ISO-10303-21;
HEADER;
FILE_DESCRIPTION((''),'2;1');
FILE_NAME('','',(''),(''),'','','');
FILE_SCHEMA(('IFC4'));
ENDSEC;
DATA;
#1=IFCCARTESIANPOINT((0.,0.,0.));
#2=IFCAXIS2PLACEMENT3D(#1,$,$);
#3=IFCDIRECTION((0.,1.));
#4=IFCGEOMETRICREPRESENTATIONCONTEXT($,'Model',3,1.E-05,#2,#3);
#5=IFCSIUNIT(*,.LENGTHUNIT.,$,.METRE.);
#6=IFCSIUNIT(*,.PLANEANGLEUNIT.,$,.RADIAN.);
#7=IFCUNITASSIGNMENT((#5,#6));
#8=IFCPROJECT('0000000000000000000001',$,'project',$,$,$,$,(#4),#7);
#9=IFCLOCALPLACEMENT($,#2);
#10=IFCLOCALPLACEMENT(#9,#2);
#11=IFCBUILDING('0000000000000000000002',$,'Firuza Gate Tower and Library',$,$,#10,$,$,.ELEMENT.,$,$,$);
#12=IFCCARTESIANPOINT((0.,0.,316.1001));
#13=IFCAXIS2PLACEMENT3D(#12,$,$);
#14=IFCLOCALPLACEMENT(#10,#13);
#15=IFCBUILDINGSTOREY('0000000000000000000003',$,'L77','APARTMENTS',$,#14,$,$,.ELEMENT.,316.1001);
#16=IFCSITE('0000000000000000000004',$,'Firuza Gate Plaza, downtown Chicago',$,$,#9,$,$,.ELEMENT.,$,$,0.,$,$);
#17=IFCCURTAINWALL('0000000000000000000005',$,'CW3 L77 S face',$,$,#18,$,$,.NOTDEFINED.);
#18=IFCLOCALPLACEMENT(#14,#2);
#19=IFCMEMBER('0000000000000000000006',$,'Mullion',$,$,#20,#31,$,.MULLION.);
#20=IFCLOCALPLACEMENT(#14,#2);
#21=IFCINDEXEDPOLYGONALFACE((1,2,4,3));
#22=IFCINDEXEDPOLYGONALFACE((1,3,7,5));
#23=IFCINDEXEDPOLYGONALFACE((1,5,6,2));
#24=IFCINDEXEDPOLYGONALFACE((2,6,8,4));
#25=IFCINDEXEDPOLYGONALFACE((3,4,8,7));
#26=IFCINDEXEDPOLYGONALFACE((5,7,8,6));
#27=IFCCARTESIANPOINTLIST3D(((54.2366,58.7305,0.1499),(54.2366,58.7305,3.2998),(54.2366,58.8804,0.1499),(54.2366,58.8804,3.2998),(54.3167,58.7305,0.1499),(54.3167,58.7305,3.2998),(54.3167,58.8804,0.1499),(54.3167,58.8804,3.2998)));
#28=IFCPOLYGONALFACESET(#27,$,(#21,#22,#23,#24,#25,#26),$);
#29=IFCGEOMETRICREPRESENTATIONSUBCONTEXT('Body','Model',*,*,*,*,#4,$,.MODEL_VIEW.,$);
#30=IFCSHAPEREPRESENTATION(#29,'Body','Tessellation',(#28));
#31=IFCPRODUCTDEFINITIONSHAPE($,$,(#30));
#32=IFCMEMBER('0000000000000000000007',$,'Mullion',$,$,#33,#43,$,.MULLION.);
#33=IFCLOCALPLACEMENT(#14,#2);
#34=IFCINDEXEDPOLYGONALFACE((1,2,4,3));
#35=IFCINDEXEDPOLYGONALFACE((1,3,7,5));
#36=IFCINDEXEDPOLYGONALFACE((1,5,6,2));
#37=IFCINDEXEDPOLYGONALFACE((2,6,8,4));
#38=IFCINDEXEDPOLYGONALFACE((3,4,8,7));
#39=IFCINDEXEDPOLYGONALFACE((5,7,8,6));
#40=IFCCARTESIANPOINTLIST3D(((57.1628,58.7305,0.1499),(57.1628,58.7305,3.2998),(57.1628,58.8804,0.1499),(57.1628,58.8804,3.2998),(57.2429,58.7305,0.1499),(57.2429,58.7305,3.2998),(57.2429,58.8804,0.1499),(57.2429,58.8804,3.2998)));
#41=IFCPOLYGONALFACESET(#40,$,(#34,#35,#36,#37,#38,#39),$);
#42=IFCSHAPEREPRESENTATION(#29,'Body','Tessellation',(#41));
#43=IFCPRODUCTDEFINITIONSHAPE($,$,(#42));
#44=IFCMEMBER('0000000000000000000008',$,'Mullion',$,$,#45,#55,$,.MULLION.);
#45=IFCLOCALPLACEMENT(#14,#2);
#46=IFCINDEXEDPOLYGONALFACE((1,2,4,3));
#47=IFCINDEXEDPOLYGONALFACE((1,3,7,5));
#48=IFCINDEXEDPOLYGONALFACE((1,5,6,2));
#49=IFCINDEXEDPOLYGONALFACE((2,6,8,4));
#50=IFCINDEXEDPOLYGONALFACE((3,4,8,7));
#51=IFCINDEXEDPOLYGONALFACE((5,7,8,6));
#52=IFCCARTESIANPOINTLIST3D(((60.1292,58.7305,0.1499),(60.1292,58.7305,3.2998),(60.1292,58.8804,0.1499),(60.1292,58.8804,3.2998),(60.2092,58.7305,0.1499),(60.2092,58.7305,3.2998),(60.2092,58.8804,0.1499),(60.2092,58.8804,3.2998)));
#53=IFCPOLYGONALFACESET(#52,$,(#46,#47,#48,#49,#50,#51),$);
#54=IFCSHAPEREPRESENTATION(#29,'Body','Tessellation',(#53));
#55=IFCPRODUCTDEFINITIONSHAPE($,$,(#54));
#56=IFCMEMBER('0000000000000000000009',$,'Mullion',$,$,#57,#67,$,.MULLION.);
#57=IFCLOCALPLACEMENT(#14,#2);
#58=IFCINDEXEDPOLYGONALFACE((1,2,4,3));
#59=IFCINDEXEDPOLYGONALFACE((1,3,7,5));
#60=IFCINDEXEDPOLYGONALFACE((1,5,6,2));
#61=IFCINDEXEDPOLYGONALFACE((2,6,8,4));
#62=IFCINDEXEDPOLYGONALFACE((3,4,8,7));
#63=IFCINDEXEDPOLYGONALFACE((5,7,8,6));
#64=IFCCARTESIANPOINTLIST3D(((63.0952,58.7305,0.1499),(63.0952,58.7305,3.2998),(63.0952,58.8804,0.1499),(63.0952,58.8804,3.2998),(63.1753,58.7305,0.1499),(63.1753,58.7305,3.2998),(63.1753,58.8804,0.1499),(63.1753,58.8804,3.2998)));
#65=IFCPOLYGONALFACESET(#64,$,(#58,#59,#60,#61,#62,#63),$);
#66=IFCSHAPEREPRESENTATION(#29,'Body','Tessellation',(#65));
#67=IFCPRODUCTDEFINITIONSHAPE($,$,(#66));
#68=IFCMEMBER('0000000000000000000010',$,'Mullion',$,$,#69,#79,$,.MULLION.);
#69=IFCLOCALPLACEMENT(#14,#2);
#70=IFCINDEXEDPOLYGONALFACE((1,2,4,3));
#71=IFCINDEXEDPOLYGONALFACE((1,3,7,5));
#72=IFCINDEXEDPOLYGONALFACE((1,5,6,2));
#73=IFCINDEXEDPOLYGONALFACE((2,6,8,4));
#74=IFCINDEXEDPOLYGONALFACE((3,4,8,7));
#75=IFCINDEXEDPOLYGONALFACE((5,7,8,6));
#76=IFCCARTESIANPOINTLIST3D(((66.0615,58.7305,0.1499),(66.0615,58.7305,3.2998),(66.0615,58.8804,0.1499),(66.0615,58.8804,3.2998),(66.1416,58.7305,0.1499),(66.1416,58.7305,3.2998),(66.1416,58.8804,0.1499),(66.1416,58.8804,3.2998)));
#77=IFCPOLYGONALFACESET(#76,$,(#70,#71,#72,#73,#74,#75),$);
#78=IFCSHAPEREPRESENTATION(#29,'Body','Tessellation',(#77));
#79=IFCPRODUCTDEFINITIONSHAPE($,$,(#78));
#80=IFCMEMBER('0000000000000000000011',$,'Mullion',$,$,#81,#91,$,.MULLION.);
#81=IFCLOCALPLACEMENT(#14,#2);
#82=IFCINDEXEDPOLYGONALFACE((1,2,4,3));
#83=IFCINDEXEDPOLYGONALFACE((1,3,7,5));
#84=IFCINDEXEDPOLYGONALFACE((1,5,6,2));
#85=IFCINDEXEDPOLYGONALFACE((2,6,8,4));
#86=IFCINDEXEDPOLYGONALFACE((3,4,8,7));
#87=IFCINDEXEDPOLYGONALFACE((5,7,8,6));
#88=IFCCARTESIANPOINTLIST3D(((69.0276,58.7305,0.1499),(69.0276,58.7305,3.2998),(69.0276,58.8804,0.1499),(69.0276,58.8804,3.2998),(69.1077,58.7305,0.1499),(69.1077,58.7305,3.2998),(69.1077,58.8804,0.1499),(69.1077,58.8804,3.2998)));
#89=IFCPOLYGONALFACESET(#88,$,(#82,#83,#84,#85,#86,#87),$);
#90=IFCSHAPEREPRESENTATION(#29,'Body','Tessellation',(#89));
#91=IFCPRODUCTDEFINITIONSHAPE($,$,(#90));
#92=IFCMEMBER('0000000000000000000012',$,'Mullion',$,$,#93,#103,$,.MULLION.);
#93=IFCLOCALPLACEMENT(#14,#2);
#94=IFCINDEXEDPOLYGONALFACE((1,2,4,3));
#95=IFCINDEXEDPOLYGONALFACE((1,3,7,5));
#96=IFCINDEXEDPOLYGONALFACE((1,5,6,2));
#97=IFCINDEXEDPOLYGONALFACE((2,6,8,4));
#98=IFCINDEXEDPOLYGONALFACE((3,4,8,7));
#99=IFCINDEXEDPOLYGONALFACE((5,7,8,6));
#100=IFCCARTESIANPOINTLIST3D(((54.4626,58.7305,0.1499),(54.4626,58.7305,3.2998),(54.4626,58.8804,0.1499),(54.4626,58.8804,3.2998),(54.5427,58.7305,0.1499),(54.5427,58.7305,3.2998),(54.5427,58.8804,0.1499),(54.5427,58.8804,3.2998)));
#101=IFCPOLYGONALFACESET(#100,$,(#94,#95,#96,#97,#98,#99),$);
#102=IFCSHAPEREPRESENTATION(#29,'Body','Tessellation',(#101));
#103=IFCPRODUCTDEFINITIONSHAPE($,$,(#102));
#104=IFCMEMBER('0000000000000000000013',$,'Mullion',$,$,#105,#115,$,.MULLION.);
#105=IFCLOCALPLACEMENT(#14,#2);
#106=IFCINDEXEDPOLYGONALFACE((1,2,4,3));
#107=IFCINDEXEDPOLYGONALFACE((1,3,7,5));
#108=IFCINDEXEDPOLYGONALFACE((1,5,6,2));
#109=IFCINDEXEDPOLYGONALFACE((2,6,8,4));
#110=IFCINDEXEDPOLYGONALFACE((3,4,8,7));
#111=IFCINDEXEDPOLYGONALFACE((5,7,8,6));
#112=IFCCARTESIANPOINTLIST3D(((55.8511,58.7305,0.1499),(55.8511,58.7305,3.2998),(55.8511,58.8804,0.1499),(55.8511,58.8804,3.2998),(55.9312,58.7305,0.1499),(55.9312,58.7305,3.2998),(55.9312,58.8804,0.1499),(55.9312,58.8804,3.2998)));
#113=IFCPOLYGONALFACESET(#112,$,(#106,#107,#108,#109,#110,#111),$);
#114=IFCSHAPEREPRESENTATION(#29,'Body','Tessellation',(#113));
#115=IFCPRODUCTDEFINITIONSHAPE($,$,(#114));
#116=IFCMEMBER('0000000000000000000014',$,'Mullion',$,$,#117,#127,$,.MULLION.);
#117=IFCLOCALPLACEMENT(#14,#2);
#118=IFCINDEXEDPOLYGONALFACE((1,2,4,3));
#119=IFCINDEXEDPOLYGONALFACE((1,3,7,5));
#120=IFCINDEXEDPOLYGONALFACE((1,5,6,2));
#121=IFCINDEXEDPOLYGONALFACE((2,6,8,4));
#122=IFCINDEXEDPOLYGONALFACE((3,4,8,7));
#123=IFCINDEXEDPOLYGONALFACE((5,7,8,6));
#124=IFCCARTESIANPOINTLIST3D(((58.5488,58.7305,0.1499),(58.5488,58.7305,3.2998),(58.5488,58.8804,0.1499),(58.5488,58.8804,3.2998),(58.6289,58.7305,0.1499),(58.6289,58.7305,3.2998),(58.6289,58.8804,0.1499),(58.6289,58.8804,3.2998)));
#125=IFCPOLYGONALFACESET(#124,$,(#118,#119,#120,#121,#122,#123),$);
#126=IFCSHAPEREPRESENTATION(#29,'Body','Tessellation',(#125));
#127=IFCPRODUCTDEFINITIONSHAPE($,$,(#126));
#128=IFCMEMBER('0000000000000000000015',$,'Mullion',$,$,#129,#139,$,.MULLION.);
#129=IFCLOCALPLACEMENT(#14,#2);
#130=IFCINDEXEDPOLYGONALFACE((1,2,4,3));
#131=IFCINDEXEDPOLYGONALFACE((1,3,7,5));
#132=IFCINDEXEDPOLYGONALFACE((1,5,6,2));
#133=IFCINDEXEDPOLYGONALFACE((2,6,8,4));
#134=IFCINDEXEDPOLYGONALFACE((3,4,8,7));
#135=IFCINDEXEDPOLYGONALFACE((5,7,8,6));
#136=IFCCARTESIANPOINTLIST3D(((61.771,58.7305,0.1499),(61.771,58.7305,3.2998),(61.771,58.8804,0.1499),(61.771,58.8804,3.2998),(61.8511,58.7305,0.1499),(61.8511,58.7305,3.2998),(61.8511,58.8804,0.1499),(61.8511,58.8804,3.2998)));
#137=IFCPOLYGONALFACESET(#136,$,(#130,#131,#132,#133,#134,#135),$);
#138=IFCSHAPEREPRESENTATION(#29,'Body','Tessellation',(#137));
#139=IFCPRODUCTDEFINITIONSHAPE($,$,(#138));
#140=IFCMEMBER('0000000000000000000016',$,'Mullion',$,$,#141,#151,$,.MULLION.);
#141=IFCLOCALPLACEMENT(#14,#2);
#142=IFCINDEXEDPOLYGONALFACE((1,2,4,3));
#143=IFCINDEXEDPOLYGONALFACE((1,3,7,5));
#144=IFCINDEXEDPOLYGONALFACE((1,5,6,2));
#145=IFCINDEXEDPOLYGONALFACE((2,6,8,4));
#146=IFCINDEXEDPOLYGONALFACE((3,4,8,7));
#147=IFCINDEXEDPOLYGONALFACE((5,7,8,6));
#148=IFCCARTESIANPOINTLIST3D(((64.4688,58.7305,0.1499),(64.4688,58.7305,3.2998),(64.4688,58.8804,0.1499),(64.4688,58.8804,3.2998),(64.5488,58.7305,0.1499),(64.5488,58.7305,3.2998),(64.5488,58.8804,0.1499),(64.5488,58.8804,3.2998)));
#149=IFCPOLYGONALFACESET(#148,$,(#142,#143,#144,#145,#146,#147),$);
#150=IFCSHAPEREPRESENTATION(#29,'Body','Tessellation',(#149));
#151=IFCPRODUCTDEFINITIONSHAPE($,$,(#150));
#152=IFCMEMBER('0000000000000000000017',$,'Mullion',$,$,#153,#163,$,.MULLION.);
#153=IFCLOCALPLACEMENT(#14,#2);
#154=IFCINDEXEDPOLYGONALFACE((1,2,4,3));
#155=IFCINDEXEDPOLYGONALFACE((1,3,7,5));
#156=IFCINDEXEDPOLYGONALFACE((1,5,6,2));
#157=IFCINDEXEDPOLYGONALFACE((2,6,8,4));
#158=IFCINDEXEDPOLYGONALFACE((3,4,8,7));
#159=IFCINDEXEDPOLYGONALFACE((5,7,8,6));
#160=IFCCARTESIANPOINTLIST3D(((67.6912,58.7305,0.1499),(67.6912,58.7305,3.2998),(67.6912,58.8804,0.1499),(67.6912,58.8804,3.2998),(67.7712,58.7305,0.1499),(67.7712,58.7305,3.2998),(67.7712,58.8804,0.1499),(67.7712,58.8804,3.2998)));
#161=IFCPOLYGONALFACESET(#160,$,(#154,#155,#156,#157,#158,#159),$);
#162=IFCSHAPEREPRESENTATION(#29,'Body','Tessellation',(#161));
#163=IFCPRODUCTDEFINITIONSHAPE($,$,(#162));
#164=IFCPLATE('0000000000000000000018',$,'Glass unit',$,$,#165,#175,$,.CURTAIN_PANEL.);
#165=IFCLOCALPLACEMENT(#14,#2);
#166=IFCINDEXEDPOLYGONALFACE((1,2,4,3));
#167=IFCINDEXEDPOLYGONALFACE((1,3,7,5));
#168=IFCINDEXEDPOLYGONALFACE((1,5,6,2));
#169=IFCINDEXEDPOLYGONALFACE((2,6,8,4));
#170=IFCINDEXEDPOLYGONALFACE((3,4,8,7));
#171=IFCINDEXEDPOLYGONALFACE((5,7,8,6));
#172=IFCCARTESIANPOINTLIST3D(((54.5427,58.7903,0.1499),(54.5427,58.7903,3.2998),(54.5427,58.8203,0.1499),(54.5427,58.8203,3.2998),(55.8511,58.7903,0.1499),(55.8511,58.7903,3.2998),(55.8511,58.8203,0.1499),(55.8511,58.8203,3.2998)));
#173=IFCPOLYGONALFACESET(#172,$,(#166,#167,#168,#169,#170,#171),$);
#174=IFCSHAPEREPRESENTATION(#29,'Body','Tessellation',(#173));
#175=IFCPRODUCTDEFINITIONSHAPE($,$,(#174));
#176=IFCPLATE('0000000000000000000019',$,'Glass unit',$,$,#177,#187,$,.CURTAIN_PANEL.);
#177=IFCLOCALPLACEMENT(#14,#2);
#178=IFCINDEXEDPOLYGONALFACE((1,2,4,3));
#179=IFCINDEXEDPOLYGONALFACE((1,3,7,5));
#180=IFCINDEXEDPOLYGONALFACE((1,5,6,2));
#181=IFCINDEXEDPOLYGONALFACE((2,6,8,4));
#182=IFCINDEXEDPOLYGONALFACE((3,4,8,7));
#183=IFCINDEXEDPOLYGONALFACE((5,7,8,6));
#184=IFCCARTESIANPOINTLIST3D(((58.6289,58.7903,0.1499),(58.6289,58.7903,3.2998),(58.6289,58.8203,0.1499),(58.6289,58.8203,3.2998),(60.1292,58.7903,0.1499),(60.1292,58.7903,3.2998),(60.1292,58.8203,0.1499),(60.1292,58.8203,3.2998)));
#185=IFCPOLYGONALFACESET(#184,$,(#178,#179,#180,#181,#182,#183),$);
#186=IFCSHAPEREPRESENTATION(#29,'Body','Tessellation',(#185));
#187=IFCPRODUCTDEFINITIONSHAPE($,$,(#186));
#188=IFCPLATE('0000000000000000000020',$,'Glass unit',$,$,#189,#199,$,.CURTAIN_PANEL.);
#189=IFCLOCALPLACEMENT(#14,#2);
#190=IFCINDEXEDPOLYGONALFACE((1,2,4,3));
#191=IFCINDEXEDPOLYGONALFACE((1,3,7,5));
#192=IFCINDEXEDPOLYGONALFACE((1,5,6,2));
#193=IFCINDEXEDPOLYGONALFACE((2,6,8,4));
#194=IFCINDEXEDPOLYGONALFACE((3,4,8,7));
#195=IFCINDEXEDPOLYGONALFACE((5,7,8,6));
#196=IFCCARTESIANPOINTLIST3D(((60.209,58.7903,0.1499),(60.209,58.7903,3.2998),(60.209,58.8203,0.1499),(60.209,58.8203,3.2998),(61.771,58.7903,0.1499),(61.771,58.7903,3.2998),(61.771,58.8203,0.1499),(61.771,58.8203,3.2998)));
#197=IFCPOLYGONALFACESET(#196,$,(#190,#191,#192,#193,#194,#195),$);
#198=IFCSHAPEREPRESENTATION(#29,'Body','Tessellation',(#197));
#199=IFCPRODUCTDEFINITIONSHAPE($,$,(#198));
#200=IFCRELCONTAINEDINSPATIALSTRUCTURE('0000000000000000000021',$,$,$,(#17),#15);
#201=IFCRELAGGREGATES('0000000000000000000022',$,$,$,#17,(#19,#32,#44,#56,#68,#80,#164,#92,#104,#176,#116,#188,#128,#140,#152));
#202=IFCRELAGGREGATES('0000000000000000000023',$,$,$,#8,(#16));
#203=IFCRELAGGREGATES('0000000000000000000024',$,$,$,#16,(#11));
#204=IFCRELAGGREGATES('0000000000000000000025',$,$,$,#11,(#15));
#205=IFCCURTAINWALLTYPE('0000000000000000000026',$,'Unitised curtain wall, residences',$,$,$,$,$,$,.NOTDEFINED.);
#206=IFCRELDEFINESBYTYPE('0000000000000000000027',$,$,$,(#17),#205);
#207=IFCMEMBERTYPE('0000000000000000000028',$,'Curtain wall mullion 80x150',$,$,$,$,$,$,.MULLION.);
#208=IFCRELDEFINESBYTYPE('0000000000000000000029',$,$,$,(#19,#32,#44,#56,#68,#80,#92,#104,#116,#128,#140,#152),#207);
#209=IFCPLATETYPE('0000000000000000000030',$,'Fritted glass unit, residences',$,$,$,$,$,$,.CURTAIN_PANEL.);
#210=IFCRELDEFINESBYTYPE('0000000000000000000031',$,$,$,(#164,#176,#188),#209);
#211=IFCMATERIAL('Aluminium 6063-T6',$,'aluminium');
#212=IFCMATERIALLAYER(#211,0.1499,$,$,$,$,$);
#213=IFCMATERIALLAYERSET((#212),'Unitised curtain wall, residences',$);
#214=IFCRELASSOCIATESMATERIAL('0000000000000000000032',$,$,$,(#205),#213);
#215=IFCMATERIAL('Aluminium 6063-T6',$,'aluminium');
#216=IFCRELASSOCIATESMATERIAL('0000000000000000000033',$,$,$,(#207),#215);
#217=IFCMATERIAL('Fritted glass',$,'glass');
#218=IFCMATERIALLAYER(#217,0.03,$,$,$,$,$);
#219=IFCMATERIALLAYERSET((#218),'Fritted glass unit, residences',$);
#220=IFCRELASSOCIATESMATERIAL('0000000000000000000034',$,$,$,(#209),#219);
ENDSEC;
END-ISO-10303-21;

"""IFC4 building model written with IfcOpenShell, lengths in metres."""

from ifc_helpers import new_model, si_unit, direction, frame, origin, origin_2d, place, context, subcontext, project, spatial, polyline, rectangle, outline, extrude, material, layer, layer_set, material_profile, profile_set, type_object, element, aggregate, save


model = new_model("IFC4")

# Units and contexts
model_context = context("Model", 3, precision=1e-05, world=origin(), true_north=direction((0.0, 1.0)))
body_context = subcontext(model_context, "Body", "Model", "MODEL_VIEW")
ifc_project = project(units=[si_unit("LENGTHUNIT", "METRE"), si_unit("PLANEANGLEUNIT", "RADIAN")], contexts=[model_context])

# Site, building, storey
site_placement = place(None, origin())
site = spatial("IfcSite", under=ifc_project, at=site_placement, Name="Firuza Gate Plaza, downtown Chicago", CompositionType="ELEMENT", RefElevation=0.0)
building_placement = place(site_placement, origin())
building = spatial("IfcBuilding", under=site, at=building_placement, Name="Firuza Gate Tower and Library", CompositionType="ELEMENT")
storey_placement = place(building_placement, frame((0.0, 0.0, 316.1001)))
storey = spatial("IfcBuildingStorey", under=building, at=storey_placement, Name="L77", Description="APARTMENTS", CompositionType="ELEMENT", Elevation=316.1001)

# Curtain wall, members, plates
ifc_material_1 = material(Name="Aluminium 6063-T6", Category="aluminium")
ifc_layer_1 = layer(ifc_material_1, 0.1499)
ifc_layer_set_1 = layer_set([ifc_layer_1], Name="Unitised curtain wall, residences")
curtain_wall_type = type_object("IfcCurtainWallType", Name="Unitised curtain wall, residences", PredefinedType="NOTDEFINED", material=ifc_layer_set_1)
curtain_wall_placement = place(storey_placement, origin())
curtain_wall = element("IfcCurtainWall", 1, at=curtain_wall_placement, inside=storey, type_object=curtain_wall_type, Name="CW3 L77 S face", PredefinedType="NOTDEFINED")
ifc_material_2 = material(Name="Aluminium 6063-T6", Category="aluminium")
ifc_material_profile = material_profile(ifc_material_2, rectangle(XDim=0.1499, YDim=0.0801, at=origin_2d()))
ifc_profile_set = profile_set([ifc_material_profile], Name="Aluminium 6063-T6")
member_type = type_object("IfcMemberType", Name="Curtain wall mullion 80x150", PredefinedType="MULLION", material=ifc_profile_set)
member_1_placement = place(storey_placement, frame((54.2766, 58.8054, 0.1499), z_axis=(0.0, 0.0, 1.0), x_axis=(0.0, 1.0, 0.0)))
member_1 = element("IfcMember", 2, at=member_1_placement, type_object=member_type, Name="Mullion", PredefinedType="MULLION", context=body_context, shape_type="SweptSolid", body=[
    extrude(rectangle(XDim=0.1499, YDim=0.0801, at=origin_2d()), origin(), (0.0, 0.0, 1.0), 3.1499),
])
member_2_placement = place(storey_placement, frame((57.2029, 58.8054, 0.1499), z_axis=(0.0, 0.0, 1.0), x_axis=(0.0, 1.0, 0.0)))
member_2 = element("IfcMember", 3, at=member_2_placement, type_object=member_type, Name="Mullion", PredefinedType="MULLION", context=body_context, shape_type="SweptSolid", body=[
    extrude(rectangle(XDim=0.1499, YDim=0.0801, at=origin_2d()), origin(), (0.0, 0.0, 1.0), 3.1499),
])
member_3_placement = place(storey_placement, frame((60.1692, 58.8054, 0.1499), z_axis=(0.0, 0.0, 1.0), x_axis=(0.0, 1.0, 0.0)))
member_3 = element("IfcMember", 4, at=member_3_placement, type_object=member_type, Name="Mullion", PredefinedType="MULLION", context=body_context, shape_type="SweptSolid", body=[
    extrude(rectangle(XDim=0.1499, YDim=0.0801, at=origin_2d()), origin(), (0.0, 0.0, 1.0), 3.1499),
])
member_4_placement = place(storey_placement, frame((63.1353, 58.8054, 0.1499), z_axis=(0.0, 0.0, 1.0), x_axis=(0.0, 1.0, 0.0)))
member_4 = element("IfcMember", 5, at=member_4_placement, type_object=member_type, Name="Mullion", PredefinedType="MULLION", context=body_context, shape_type="SweptSolid", body=[
    extrude(rectangle(XDim=0.1499, YDim=0.0801, at=origin_2d()), origin(), (0.0, 0.0, 1.0), 3.1499),
])
member_5_placement = place(storey_placement, frame((66.1016, 58.8054, 0.1499), z_axis=(0.0, 0.0, 1.0), x_axis=(0.0, 1.0, 0.0)))
member_5 = element("IfcMember", 6, at=member_5_placement, type_object=member_type, Name="Mullion", PredefinedType="MULLION", context=body_context, shape_type="SweptSolid", body=[
    extrude(rectangle(XDim=0.1499, YDim=0.0801, at=origin_2d()), origin(), (0.0, 0.0, 1.0), 3.1499),
])
member_6_placement = place(storey_placement, frame((69.0676, 58.8054, 0.1499), z_axis=(0.0, 0.0, 1.0), x_axis=(0.0, 1.0, 0.0)))
member_6 = element("IfcMember", 7, at=member_6_placement, type_object=member_type, Name="Mullion", PredefinedType="MULLION", context=body_context, shape_type="SweptSolid", body=[
    extrude(rectangle(XDim=0.1499, YDim=0.0801, at=origin_2d()), origin(), (0.0, 0.0, 1.0), 3.1499),
])
member_7_placement = place(storey_placement, frame((54.5027, 58.8054, 0.1499), z_axis=(0.0, 0.0, 1.0), x_axis=(0.0, 1.0, 0.0)))
member_7 = element("IfcMember", 8, at=member_7_placement, type_object=member_type, Name="Mullion", PredefinedType="MULLION", context=body_context, shape_type="SweptSolid", body=[
    extrude(rectangle(XDim=0.1499, YDim=0.0801, at=origin_2d()), origin(), (0.0, 0.0, 1.0), 3.1499),
])
member_8_placement = place(storey_placement, frame((55.8911, 58.8054, 0.1499), z_axis=(0.0, 0.0, 1.0), x_axis=(0.0, 1.0, 0.0)))
member_8 = element("IfcMember", 9, at=member_8_placement, type_object=member_type, Name="Mullion", PredefinedType="MULLION", context=body_context, shape_type="SweptSolid", body=[
    extrude(rectangle(XDim=0.1499, YDim=0.0801, at=origin_2d()), origin(), (0.0, 0.0, 1.0), 3.1499),
])
member_9_placement = place(storey_placement, frame((58.5889, 58.8054, 0.1499), z_axis=(0.0, 0.0, 1.0), x_axis=(0.0, 1.0, 0.0)))
member_9 = element("IfcMember", 10, at=member_9_placement, type_object=member_type, Name="Mullion", PredefinedType="MULLION", context=body_context, shape_type="SweptSolid", body=[
    extrude(rectangle(XDim=0.1499, YDim=0.0801, at=origin_2d()), origin(), (0.0, 0.0, 1.0), 3.1499),
])
member_10_placement = place(storey_placement, frame((61.811, 58.8054, 0.1499), z_axis=(0.0, 0.0, 1.0), x_axis=(0.0, 1.0, 0.0)))
member_10 = element("IfcMember", 11, at=member_10_placement, type_object=member_type, Name="Mullion", PredefinedType="MULLION", context=body_context, shape_type="SweptSolid", body=[
    extrude(rectangle(XDim=0.1499, YDim=0.0801, at=origin_2d()), origin(), (0.0, 0.0, 1.0), 3.1499),
])
member_11_placement = place(storey_placement, frame((64.5088, 58.8054, 0.1499), z_axis=(0.0, 0.0, 1.0), x_axis=(0.0, 1.0, 0.0)))
member_11 = element("IfcMember", 12, at=member_11_placement, type_object=member_type, Name="Mullion", PredefinedType="MULLION", context=body_context, shape_type="SweptSolid", body=[
    extrude(rectangle(XDim=0.1499, YDim=0.0801, at=origin_2d()), origin(), (0.0, 0.0, 1.0), 3.1499),
])
member_12_placement = place(storey_placement, frame((67.7312, 58.8054, 0.1499), z_axis=(0.0, 0.0, 1.0), x_axis=(0.0, 1.0, 0.0)))
member_12 = element("IfcMember", 13, at=member_12_placement, type_object=member_type, Name="Mullion", PredefinedType="MULLION", context=body_context, shape_type="SweptSolid", body=[
    extrude(rectangle(XDim=0.1499, YDim=0.0801, at=origin_2d()), origin(), (0.0, 0.0, 1.0), 3.1499),
])
ifc_material_3 = material(Name="Fritted glass", Category="glass")
ifc_layer_2 = layer(ifc_material_3, 0.03)
ifc_layer_set_2 = layer_set([ifc_layer_2], Name="Fritted glass unit, residences")
plate_type_1 = type_object("IfcPlateType", Name="Fritted glass unit, residences", PredefinedType="CURTAIN_PANEL", material=ifc_layer_set_2)
plate_1_placement = place(storey_placement, frame((54.5427, 58.7903, 0.1499), z_axis=(0.0, -1.0, 0.0), x_axis=(1.0, 0.0, 0.0)))
plate_1 = element("IfcPlate", 14, at=plate_1_placement, type_object=plate_type_1, Name="Glass unit", PredefinedType="CURTAIN_PANEL", context=body_context, shape_type="SweptSolid", body=[
    extrude(outline(polyline([(0.0, 0.0), (1.3083, 0.0), (1.3083, 3.1499), (0.0, 3.1499), (0.0, 0.0)])), origin(), (0.0, 0.0, -1.0), 0.03),
])
plate_2_placement = place(storey_placement, frame((58.6289, 58.7903, 0.1499), z_axis=(0.0, -1.0, 0.0), x_axis=(1.0, 0.0, 0.0)))
plate_2 = element("IfcPlate", 15, at=plate_2_placement, type_object=plate_type_1, Name="Glass unit", PredefinedType="CURTAIN_PANEL", context=body_context, shape_type="SweptSolid", body=[
    extrude(outline(polyline([(0.0, 0.0), (1.5002, 0.0), (1.5002, 3.1499), (0.0, 3.1499), (0.0, 0.0)])), origin(), (0.0, 0.0, -1.0), 0.03),
])
plate_3_placement = place(storey_placement, frame((60.209, 58.7903, 0.1499), z_axis=(0.0, -1.0, 0.0), x_axis=(1.0, 0.0, 0.0)))
plate_3 = element("IfcPlate", 16, at=plate_3_placement, type_object=plate_type_1, Name="Glass unit", PredefinedType="CURTAIN_PANEL", context=body_context, shape_type="SweptSolid", body=[
    extrude(outline(polyline([(0.0, 0.0), (1.562, 0.0), (1.562, 3.1499), (0.0, 3.1499), (0.0, 0.0)])), origin(), (0.0, 0.0, -1.0), 0.03),
])
aggregate(curtain_wall, [member_1, member_2, member_3, member_4, member_5, member_6, plate_1, member_7, member_8, plate_2, member_9, plate_3, member_10, member_11, member_12])

save(model, "model.ifc")
